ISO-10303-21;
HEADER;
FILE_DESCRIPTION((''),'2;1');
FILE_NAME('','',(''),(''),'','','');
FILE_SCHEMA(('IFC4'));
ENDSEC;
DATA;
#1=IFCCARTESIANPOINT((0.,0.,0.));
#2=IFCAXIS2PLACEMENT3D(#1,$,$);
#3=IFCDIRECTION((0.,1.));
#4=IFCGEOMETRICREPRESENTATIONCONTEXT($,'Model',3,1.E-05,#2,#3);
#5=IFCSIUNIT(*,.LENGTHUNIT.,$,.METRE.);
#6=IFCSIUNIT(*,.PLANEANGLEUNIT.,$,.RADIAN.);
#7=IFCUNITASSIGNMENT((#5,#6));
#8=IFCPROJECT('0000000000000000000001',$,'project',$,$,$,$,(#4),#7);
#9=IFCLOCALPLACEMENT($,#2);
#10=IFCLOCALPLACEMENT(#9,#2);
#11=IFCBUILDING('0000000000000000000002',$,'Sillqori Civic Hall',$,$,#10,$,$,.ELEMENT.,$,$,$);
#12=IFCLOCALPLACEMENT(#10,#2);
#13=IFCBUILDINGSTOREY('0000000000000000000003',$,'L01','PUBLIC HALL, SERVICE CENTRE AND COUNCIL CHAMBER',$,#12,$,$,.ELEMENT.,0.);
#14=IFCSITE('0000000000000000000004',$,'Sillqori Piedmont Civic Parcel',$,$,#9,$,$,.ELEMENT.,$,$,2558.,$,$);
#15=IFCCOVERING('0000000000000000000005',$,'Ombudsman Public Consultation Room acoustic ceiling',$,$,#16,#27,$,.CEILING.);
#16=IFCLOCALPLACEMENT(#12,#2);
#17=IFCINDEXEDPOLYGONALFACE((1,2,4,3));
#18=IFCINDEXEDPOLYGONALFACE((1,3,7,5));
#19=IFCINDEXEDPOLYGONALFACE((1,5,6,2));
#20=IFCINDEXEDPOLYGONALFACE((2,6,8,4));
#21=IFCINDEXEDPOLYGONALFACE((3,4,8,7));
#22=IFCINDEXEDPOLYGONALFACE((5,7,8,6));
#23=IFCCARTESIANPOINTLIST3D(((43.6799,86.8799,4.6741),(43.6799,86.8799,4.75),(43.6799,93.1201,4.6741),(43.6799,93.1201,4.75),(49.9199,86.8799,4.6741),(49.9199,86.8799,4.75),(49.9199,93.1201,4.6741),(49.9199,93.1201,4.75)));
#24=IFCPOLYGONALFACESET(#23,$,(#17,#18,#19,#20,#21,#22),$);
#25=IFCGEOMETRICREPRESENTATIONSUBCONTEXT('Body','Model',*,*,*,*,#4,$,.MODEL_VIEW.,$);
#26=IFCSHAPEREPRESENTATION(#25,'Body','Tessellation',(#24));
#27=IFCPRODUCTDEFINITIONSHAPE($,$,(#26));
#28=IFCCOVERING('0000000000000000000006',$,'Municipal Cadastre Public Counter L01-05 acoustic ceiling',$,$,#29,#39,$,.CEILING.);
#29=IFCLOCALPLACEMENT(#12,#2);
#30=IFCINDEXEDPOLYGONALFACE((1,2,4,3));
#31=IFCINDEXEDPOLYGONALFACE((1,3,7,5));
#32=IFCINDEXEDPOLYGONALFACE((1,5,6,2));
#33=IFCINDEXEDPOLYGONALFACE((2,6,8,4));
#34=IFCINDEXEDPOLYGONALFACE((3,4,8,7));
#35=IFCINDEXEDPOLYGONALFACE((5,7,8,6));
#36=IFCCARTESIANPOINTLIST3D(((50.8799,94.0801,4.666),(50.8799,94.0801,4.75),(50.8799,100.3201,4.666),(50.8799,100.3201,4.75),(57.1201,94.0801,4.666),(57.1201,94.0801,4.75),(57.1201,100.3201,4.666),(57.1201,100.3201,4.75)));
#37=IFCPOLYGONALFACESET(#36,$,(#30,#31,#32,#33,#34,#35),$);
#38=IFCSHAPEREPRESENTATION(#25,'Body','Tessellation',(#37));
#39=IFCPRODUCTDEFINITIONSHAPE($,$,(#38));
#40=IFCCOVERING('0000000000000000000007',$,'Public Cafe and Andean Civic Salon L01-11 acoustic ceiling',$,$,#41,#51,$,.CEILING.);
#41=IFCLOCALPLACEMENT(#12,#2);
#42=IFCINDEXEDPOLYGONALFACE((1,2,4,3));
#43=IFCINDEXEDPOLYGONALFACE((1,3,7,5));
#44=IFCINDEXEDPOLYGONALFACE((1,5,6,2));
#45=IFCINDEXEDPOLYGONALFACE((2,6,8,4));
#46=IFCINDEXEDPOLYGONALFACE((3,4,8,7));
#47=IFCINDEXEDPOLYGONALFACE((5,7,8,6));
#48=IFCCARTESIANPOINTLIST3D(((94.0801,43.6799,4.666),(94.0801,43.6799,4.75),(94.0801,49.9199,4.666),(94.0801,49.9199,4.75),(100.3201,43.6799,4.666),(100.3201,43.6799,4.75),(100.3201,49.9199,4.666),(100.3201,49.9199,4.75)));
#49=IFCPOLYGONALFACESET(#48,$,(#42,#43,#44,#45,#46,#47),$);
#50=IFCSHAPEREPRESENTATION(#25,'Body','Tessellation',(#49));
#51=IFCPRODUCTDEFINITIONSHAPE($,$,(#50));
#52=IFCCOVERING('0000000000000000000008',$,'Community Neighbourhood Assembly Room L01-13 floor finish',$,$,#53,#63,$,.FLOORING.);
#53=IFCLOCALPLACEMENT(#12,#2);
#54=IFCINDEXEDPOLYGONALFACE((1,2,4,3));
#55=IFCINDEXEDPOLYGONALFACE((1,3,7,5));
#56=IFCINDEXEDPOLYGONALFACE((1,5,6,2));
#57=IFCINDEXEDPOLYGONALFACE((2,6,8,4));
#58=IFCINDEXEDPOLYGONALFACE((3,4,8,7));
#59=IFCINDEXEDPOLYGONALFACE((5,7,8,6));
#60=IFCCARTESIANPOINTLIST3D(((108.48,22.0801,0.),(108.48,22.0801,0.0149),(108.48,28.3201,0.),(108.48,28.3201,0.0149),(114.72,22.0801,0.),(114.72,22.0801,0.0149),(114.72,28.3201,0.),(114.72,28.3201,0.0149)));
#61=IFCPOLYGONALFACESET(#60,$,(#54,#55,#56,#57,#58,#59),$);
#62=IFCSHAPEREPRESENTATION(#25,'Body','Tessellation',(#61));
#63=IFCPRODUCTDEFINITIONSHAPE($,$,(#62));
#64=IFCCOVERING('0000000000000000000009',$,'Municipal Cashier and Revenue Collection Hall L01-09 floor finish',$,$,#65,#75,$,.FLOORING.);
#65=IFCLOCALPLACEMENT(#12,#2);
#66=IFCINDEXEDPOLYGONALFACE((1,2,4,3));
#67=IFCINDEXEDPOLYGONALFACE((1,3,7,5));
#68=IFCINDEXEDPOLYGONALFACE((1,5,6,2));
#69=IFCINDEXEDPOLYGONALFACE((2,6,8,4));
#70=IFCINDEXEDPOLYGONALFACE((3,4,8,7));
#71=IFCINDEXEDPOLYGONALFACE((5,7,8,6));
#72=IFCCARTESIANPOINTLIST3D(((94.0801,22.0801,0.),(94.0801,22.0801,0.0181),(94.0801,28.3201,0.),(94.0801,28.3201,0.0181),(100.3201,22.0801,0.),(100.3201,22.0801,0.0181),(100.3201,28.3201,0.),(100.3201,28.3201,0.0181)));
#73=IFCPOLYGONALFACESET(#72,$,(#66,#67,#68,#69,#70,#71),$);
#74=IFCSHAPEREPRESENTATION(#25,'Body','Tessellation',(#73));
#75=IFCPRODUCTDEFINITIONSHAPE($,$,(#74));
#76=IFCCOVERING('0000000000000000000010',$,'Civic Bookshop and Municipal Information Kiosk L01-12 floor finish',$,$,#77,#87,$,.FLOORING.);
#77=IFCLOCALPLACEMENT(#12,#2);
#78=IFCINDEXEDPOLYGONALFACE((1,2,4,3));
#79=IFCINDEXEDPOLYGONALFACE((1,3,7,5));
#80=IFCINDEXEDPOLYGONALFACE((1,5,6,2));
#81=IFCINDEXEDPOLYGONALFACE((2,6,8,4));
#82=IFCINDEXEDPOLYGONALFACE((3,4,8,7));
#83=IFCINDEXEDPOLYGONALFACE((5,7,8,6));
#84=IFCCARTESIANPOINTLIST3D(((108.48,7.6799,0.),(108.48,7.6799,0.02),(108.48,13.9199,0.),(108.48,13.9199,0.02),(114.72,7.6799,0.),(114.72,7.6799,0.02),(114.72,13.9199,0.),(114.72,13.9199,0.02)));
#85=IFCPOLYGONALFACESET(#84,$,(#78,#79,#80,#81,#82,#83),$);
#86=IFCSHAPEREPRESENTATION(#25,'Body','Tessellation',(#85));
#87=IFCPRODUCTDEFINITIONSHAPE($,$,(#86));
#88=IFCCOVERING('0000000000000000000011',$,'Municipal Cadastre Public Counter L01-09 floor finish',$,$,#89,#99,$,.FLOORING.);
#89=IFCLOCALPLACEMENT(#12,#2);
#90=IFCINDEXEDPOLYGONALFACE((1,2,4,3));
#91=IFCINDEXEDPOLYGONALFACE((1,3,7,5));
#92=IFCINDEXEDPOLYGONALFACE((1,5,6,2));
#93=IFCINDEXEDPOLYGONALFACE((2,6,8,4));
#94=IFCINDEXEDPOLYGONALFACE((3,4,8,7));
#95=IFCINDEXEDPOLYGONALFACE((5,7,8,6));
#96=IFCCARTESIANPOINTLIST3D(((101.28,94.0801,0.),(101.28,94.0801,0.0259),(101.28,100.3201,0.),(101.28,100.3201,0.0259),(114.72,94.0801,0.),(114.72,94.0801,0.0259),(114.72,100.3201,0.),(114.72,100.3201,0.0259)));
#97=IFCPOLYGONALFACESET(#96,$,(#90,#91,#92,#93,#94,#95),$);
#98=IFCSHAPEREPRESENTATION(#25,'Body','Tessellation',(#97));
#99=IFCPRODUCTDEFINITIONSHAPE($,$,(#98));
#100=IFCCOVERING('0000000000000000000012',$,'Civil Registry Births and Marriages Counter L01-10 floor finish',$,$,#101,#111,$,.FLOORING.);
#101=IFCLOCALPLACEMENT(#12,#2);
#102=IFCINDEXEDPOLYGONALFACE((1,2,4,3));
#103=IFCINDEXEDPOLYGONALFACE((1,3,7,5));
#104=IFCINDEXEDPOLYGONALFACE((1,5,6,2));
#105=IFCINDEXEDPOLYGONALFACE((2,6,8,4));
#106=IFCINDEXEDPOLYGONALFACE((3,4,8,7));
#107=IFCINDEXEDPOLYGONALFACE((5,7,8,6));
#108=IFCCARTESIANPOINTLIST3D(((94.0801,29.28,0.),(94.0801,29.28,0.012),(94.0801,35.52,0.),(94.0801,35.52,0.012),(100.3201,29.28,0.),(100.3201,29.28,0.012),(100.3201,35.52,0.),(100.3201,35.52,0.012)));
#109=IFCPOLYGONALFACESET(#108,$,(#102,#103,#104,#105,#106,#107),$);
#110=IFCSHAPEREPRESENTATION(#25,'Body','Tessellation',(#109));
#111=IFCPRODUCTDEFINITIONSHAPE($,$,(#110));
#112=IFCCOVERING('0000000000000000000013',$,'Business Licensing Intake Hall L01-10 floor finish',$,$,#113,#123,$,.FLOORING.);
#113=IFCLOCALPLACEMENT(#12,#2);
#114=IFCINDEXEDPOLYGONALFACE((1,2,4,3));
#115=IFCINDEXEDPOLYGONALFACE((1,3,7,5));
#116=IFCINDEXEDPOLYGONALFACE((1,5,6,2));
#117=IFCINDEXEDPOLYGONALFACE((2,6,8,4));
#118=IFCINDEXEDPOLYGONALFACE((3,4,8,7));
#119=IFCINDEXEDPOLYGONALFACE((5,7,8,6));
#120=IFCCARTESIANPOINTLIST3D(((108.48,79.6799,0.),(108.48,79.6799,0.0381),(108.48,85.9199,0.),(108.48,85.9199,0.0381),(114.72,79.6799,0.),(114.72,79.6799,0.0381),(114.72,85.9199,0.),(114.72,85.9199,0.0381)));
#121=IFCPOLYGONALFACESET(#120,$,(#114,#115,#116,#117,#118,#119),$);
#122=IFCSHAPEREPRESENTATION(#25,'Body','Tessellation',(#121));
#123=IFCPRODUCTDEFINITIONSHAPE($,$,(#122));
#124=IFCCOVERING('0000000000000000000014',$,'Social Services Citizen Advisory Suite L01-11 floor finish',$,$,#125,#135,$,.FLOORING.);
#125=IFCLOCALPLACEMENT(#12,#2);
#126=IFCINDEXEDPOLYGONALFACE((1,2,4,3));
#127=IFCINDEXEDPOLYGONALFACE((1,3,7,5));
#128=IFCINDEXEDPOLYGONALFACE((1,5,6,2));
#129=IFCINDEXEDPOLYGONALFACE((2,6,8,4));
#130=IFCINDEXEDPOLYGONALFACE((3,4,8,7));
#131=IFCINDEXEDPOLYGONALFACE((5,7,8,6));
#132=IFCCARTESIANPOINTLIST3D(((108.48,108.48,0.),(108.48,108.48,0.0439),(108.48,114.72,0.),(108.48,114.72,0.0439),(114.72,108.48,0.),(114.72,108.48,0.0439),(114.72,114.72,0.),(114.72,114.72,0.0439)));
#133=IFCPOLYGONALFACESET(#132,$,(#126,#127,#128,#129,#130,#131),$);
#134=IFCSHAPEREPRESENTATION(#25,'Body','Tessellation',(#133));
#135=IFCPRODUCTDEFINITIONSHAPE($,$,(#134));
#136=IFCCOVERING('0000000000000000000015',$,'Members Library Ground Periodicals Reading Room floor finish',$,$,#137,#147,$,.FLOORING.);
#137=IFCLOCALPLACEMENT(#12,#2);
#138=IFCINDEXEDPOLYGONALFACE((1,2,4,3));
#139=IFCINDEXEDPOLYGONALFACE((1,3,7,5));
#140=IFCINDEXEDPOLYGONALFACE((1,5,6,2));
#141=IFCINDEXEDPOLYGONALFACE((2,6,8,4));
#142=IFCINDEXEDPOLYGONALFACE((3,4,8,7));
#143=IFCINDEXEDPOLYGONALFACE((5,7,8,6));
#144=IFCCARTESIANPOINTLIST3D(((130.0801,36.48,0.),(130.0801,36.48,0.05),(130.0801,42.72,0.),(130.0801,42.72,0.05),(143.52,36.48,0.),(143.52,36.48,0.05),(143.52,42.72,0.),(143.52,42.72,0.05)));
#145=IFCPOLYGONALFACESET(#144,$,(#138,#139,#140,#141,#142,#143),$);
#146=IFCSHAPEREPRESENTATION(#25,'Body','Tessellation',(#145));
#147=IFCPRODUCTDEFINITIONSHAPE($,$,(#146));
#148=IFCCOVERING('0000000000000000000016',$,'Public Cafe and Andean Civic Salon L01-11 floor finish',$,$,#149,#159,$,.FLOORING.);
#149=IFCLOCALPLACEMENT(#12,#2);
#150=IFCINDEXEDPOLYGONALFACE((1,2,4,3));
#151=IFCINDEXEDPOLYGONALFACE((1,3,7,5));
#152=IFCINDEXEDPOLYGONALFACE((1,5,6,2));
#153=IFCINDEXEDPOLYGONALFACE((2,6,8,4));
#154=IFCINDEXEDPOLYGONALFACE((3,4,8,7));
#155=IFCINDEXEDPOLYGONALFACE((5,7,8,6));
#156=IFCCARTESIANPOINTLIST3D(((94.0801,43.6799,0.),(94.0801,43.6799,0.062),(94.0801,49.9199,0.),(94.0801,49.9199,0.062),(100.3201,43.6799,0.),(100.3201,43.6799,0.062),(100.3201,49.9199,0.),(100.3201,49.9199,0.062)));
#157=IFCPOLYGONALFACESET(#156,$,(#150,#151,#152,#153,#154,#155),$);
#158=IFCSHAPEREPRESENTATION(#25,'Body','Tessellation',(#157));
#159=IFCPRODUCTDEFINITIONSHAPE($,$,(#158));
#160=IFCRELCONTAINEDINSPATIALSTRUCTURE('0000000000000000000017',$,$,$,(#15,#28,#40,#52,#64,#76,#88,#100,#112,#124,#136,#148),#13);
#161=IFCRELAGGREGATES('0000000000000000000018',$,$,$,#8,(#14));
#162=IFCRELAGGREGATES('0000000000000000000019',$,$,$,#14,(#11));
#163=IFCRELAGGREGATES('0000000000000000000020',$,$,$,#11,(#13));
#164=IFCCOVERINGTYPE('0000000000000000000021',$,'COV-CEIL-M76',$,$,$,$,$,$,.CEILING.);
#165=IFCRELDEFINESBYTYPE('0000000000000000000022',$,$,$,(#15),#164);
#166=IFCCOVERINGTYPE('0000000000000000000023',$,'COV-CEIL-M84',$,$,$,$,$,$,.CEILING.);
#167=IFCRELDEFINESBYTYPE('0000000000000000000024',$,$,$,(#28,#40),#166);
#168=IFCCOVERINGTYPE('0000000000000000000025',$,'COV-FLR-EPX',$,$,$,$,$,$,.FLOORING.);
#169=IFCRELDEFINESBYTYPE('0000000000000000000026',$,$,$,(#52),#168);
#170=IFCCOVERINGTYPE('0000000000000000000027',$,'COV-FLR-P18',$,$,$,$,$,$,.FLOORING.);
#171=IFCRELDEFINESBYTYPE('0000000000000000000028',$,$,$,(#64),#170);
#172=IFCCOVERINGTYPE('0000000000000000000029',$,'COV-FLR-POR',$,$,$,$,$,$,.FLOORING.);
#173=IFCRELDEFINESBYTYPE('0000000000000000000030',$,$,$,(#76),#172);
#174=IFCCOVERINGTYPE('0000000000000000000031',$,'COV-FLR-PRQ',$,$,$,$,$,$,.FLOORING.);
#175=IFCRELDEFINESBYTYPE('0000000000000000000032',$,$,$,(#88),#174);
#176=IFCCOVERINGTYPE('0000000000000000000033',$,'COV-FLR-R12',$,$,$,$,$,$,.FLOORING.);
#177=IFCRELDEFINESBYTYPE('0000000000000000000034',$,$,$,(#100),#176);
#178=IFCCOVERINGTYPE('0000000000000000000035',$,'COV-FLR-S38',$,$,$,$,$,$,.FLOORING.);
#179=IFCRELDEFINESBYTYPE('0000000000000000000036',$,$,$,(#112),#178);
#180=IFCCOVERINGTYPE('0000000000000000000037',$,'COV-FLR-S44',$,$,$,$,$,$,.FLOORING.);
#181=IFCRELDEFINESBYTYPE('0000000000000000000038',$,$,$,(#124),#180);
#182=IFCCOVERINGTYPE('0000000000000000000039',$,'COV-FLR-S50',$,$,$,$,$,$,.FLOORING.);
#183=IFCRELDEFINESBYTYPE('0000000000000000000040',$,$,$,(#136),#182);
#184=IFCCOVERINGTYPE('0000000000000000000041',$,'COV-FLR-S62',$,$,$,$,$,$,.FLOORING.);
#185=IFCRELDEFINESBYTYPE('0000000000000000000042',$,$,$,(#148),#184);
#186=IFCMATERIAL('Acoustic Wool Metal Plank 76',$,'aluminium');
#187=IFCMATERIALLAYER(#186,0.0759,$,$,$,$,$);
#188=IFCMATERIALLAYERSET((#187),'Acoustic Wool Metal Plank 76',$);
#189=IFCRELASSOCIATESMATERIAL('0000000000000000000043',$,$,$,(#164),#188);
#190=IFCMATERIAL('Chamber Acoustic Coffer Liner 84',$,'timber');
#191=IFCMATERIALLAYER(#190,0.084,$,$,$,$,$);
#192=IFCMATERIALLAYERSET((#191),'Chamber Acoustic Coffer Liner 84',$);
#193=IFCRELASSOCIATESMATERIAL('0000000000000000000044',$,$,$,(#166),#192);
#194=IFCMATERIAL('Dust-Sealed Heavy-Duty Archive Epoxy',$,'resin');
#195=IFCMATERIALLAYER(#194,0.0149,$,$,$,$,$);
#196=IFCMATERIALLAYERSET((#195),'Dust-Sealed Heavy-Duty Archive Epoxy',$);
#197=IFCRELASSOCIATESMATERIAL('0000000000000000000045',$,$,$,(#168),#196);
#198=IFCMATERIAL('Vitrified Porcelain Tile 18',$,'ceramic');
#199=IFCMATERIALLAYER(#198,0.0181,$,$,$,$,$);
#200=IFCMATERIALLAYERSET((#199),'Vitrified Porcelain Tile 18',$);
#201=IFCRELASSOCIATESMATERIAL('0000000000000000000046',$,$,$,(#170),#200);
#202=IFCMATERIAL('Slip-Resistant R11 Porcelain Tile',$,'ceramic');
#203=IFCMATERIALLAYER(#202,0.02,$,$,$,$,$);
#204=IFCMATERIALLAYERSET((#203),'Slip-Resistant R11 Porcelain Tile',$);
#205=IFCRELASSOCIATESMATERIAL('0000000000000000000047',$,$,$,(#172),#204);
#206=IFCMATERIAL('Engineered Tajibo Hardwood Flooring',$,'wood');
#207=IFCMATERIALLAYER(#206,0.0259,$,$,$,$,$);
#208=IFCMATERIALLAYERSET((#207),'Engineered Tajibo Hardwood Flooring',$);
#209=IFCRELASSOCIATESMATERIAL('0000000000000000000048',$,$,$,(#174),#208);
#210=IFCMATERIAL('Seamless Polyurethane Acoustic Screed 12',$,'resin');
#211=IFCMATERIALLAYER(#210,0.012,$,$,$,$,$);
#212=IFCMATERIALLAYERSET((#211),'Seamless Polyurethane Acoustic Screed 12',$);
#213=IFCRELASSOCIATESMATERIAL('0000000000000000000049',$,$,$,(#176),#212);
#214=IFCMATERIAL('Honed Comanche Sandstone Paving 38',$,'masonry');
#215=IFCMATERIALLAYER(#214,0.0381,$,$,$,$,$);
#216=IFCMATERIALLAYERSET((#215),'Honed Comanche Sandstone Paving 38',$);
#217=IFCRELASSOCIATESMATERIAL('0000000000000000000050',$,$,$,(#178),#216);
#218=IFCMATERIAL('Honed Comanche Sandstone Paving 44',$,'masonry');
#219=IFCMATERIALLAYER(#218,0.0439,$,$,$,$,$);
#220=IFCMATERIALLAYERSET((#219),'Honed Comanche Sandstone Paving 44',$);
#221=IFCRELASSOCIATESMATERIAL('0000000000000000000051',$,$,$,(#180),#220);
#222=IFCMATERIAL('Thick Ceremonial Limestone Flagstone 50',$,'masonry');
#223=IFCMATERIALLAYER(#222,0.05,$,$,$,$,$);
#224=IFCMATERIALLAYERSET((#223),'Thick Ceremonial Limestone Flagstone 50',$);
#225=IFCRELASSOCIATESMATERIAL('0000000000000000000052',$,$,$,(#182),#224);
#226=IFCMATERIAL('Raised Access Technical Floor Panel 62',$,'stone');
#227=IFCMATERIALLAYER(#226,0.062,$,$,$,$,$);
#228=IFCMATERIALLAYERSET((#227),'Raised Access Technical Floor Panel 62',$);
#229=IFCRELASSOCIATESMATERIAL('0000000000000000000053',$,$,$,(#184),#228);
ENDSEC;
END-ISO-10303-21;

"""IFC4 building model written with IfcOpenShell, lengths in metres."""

from ifc_helpers import new_model, si_unit, direction, frame, origin, place, context, subcontext, project, spatial, polyline, outline, extrude, material, layer, layer_set, type_object, element, save


model = new_model("IFC4")

# Units and contexts
model_context = context("Model", 3, precision=1e-05, world=origin(), true_north=direction((0.0, 1.0)))
body_context = subcontext(model_context, "Body", "Model", "MODEL_VIEW")
ifc_project = project(units=[si_unit("LENGTHUNIT", "METRE"), si_unit("PLANEANGLEUNIT", "RADIAN")], contexts=[model_context])

# Site, building, storey
site_placement = place(None, origin())
site = spatial("IfcSite", under=ifc_project, at=site_placement, Name="Sillqori Piedmont Civic Parcel", CompositionType="ELEMENT", RefElevation=2558.0)
building_placement = place(site_placement, origin())
building = spatial("IfcBuilding", under=site, at=building_placement, Name="Sillqori Civic Hall", CompositionType="ELEMENT")
storey_placement = place(building_placement, origin())
storey = spatial("IfcBuildingStorey", under=building, at=storey_placement, Name="L01", Description="PUBLIC HALL, SERVICE CENTRE AND COUNCIL CHAMBER", CompositionType="ELEMENT", Elevation=0.0)

# Coverings
ifc_material_1 = material(Name="Acoustic Wool Metal Plank 76", Category="aluminium")
ifc_layer_1 = layer(ifc_material_1, 0.0759)
ifc_layer_set_1 = layer_set([ifc_layer_1], Name="Acoustic Wool Metal Plank 76")
covering_type_1 = type_object("IfcCoveringType", Name="COV-CEIL-M76", PredefinedType="CEILING", material=ifc_layer_set_1)
covering_1_placement = place(storey_placement, frame((0.0, 0.0, 4.6741)))
element("IfcCovering", 1, at=covering_1_placement, inside=storey, type_object=covering_type_1, Name="Ombudsman Public Consultation Room acoustic ceiling", PredefinedType="CEILING", context=body_context, shape_type="SweptSolid", body=[
    extrude(outline(polyline([(43.6799, 86.8799), (49.9199, 86.8799), (49.9199, 93.1201), (43.6799, 93.1201), (43.6799, 86.8799)])), origin(), (0.0, 0.0, 1.0), 0.0759),
])
ifc_material_2 = material(Name="Chamber Acoustic Coffer Liner 84", Category="timber")
ifc_layer_2 = layer(ifc_material_2, 0.084)
ifc_layer_set_2 = layer_set([ifc_layer_2], Name="Chamber Acoustic Coffer Liner 84")
covering_type_2 = type_object("IfcCoveringType", Name="COV-CEIL-M84", PredefinedType="CEILING", material=ifc_layer_set_2)
covering_2_placement = place(storey_placement, frame((0.0, 0.0, 4.666)))
element("IfcCovering", 2, at=covering_2_placement, inside=storey, type_object=covering_type_2, Name="Municipal Cadastre Public Counter L01-05 acoustic ceiling", PredefinedType="CEILING", context=body_context, shape_type="SweptSolid", body=[
    extrude(outline(polyline([(50.8799, 94.0801), (57.1201, 94.0801), (57.1201, 100.3201), (50.8799, 100.3201), (50.8799, 94.0801)])), origin(), (0.0, 0.0, 1.0), 0.084),
])
covering_3_placement = place(storey_placement, frame((0.0, 0.0, 4.666)))
element("IfcCovering", 3, at=covering_3_placement, inside=storey, type_object=covering_type_2, Name="Public Cafe and Andean Civic Salon L01-11 acoustic ceiling", PredefinedType="CEILING", context=body_context, shape_type="SweptSolid", body=[
    extrude(outline(polyline([(94.0801, 43.6799), (100.3201, 43.6799), (100.3201, 49.9199), (94.0801, 49.9199), (94.0801, 43.6799)])), origin(), (0.0, 0.0, 1.0), 0.084),
])
ifc_material_3 = material(Name="Dust-Sealed Heavy-Duty Archive Epoxy", Category="resin")
ifc_layer_3 = layer(ifc_material_3, 0.0149)
ifc_layer_set_3 = layer_set([ifc_layer_3], Name="Dust-Sealed Heavy-Duty Archive Epoxy")
covering_type_3 = type_object("IfcCoveringType", Name="COV-FLR-EPX", PredefinedType="FLOORING", material=ifc_layer_set_3)
covering_4_placement = place(storey_placement, origin())
element("IfcCovering", 4, at=covering_4_placement, inside=storey, type_object=covering_type_3, Name="Community Neighbourhood Assembly Room L01-13 floor finish", PredefinedType="FLOORING", context=body_context, shape_type="SweptSolid", body=[
    extrude(outline(polyline([(108.48, 22.0801), (114.72, 22.0801), (114.72, 28.3201), (108.48, 28.3201), (108.48, 22.0801)])), origin(), (0.0, 0.0, 1.0), 0.0149),
])
ifc_material_4 = material(Name="Vitrified Porcelain Tile 18", Category="ceramic")
ifc_layer_4 = layer(ifc_material_4, 0.0181)
ifc_layer_set_4 = layer_set([ifc_layer_4], Name="Vitrified Porcelain Tile 18")
covering_type_4 = type_object("IfcCoveringType", Name="COV-FLR-P18", PredefinedType="FLOORING", material=ifc_layer_set_4)
covering_5_placement = place(storey_placement, origin())
element("IfcCovering", 5, at=covering_5_placement, inside=storey, type_object=covering_type_4, Name="Municipal Cashier and Revenue Collection Hall L01-09 floor finish", PredefinedType="FLOORING", context=body_context, shape_type="SweptSolid", body=[
    extrude(outline(polyline([(94.0801, 22.0801), (100.3201, 22.0801), (100.3201, 28.3201), (94.0801, 28.3201), (94.0801, 22.0801)])), origin(), (0.0, 0.0, 1.0), 0.0181),
])
ifc_material_5 = material(Name="Slip-Resistant R11 Porcelain Tile", Category="ceramic")
ifc_layer_5 = layer(ifc_material_5, 0.02)
ifc_layer_set_5 = layer_set([ifc_layer_5], Name="Slip-Resistant R11 Porcelain Tile")
covering_type_5 = type_object("IfcCoveringType", Name="COV-FLR-POR", PredefinedType="FLOORING", material=ifc_layer_set_5)
covering_6_placement = place(storey_placement, origin())
element("IfcCovering", 6, at=covering_6_placement, inside=storey, type_object=covering_type_5, Name="Civic Bookshop and Municipal Information Kiosk L01-12 floor finish", PredefinedType="FLOORING", context=body_context, shape_type="SweptSolid", body=[
    extrude(outline(polyline([(108.48, 7.6799), (114.72, 7.6799), (114.72, 13.9199), (108.48, 13.9199), (108.48, 7.6799)])), origin(), (0.0, 0.0, 1.0), 0.02),
])
ifc_material_6 = material(Name="Engineered Tajibo Hardwood Flooring", Category="wood")
ifc_layer_6 = layer(ifc_material_6, 0.0259)
ifc_layer_set_6 = layer_set([ifc_layer_6], Name="Engineered Tajibo Hardwood Flooring")
covering_type_6 = type_object("IfcCoveringType", Name="COV-FLR-PRQ", PredefinedType="FLOORING", material=ifc_layer_set_6)
covering_7_placement = place(storey_placement, origin())
element("IfcCovering", 7, at=covering_7_placement, inside=storey, type_object=covering_type_6, Name="Municipal Cadastre Public Counter L01-09 floor finish", PredefinedType="FLOORING", context=body_context, shape_type="SweptSolid", body=[
    extrude(outline(polyline([(101.28, 94.0801), (114.72, 94.0801), (114.72, 100.3201), (101.28, 100.3201), (101.28, 94.0801)])), origin(), (0.0, 0.0, 1.0), 0.0259),
])
ifc_material_7 = material(Name="Seamless Polyurethane Acoustic Screed 12", Category="resin")
ifc_layer_7 = layer(ifc_material_7, 0.012)
ifc_layer_set_7 = layer_set([ifc_layer_7], Name="Seamless Polyurethane Acoustic Screed 12")
covering_type_7 = type_object("IfcCoveringType", Name="COV-FLR-R12", PredefinedType="FLOORING", material=ifc_layer_set_7)
covering_8_placement = place(storey_placement, origin())
element("IfcCovering", 8, at=covering_8_placement, inside=storey, type_object=covering_type_7, Name="Civil Registry Births and Marriages Counter L01-10 floor finish", PredefinedType="FLOORING", context=body_context, shape_type="SweptSolid", body=[
    extrude(outline(polyline([(94.0801, 29.28), (100.3201, 29.28), (100.3201, 35.52), (94.0801, 35.52), (94.0801, 29.28)])), origin(), (0.0, 0.0, 1.0), 0.012),
])
ifc_material_8 = material(Name="Honed Comanche Sandstone Paving 38", Category="masonry")
ifc_layer_8 = layer(ifc_material_8, 0.0381)
ifc_layer_set_8 = layer_set([ifc_layer_8], Name="Honed Comanche Sandstone Paving 38")
covering_type_8 = type_object("IfcCoveringType", Name="COV-FLR-S38", PredefinedType="FLOORING", material=ifc_layer_set_8)
covering_9_placement = place(storey_placement, origin())
element("IfcCovering", 9, at=covering_9_placement, inside=storey, type_object=covering_type_8, Name="Business Licensing Intake Hall L01-10 floor finish", PredefinedType="FLOORING", context=body_context, shape_type="SweptSolid", body=[
    extrude(outline(polyline([(108.48, 79.6799), (114.72, 79.6799), (114.72, 85.9199), (108.48, 85.9199), (108.48, 79.6799)])), origin(), (0.0, 0.0, 1.0), 0.0381),
])
ifc_material_9 = material(Name="Honed Comanche Sandstone Paving 44", Category="masonry")
ifc_layer_9 = layer(ifc_material_9, 0.0439)
ifc_layer_set_9 = layer_set([ifc_layer_9], Name="Honed Comanche Sandstone Paving 44")
covering_type_9 = type_object("IfcCoveringType", Name="COV-FLR-S44", PredefinedType="FLOORING", material=ifc_layer_set_9)
covering_10_placement = place(storey_placement, origin())
element("IfcCovering", 10, at=covering_10_placement, inside=storey, type_object=covering_type_9, Name="Social Services Citizen Advisory Suite L01-11 floor finish", PredefinedType="FLOORING", context=body_context, shape_type="SweptSolid", body=[
    extrude(outline(polyline([(108.48, 108.48), (114.72, 108.48), (114.72, 114.72), (108.48, 114.72), (108.48, 108.48)])), origin(), (0.0, 0.0, 1.0), 0.0439),
])
ifc_material_10 = material(Name="Thick Ceremonial Limestone Flagstone 50", Category="masonry")
ifc_layer_10 = layer(ifc_material_10, 0.05)
ifc_layer_set_10 = layer_set([ifc_layer_10], Name="Thick Ceremonial Limestone Flagstone 50")
covering_type_10 = type_object("IfcCoveringType", Name="COV-FLR-S50", PredefinedType="FLOORING", material=ifc_layer_set_10)
covering_11_placement = place(storey_placement, origin())
element("IfcCovering", 11, at=covering_11_placement, inside=storey, type_object=covering_type_10, Name="Members Library Ground Periodicals Reading Room floor finish", PredefinedType="FLOORING", context=body_context, shape_type="SweptSolid", body=[
    extrude(outline(polyline([(130.0801, 36.48), (143.52, 36.48), (143.52, 42.72), (130.0801, 42.72), (130.0801, 36.48)])), origin(), (0.0, 0.0, 1.0), 0.05),
])
ifc_material_11 = material(Name="Raised Access Technical Floor Panel 62", Category="stone")
ifc_layer_11 = layer(ifc_material_11, 0.062)
ifc_layer_set_11 = layer_set([ifc_layer_11], Name="Raised Access Technical Floor Panel 62")
covering_type_11 = type_object("IfcCoveringType", Name="COV-FLR-S62", PredefinedType="FLOORING", material=ifc_layer_set_11)
covering_12_placement = place(storey_placement, origin())
element("IfcCovering", 12, at=covering_12_placement, inside=storey, type_object=covering_type_11, Name="Public Cafe and Andean Civic Salon L01-11 floor finish", PredefinedType="FLOORING", context=body_context, shape_type="SweptSolid", body=[
    extrude(outline(polyline([(94.0801, 43.6799), (100.3201, 43.6799), (100.3201, 49.9199), (94.0801, 49.9199), (94.0801, 43.6799)])), origin(), (0.0, 0.0, 1.0), 0.062),
])

save(model, "model.ifc")
